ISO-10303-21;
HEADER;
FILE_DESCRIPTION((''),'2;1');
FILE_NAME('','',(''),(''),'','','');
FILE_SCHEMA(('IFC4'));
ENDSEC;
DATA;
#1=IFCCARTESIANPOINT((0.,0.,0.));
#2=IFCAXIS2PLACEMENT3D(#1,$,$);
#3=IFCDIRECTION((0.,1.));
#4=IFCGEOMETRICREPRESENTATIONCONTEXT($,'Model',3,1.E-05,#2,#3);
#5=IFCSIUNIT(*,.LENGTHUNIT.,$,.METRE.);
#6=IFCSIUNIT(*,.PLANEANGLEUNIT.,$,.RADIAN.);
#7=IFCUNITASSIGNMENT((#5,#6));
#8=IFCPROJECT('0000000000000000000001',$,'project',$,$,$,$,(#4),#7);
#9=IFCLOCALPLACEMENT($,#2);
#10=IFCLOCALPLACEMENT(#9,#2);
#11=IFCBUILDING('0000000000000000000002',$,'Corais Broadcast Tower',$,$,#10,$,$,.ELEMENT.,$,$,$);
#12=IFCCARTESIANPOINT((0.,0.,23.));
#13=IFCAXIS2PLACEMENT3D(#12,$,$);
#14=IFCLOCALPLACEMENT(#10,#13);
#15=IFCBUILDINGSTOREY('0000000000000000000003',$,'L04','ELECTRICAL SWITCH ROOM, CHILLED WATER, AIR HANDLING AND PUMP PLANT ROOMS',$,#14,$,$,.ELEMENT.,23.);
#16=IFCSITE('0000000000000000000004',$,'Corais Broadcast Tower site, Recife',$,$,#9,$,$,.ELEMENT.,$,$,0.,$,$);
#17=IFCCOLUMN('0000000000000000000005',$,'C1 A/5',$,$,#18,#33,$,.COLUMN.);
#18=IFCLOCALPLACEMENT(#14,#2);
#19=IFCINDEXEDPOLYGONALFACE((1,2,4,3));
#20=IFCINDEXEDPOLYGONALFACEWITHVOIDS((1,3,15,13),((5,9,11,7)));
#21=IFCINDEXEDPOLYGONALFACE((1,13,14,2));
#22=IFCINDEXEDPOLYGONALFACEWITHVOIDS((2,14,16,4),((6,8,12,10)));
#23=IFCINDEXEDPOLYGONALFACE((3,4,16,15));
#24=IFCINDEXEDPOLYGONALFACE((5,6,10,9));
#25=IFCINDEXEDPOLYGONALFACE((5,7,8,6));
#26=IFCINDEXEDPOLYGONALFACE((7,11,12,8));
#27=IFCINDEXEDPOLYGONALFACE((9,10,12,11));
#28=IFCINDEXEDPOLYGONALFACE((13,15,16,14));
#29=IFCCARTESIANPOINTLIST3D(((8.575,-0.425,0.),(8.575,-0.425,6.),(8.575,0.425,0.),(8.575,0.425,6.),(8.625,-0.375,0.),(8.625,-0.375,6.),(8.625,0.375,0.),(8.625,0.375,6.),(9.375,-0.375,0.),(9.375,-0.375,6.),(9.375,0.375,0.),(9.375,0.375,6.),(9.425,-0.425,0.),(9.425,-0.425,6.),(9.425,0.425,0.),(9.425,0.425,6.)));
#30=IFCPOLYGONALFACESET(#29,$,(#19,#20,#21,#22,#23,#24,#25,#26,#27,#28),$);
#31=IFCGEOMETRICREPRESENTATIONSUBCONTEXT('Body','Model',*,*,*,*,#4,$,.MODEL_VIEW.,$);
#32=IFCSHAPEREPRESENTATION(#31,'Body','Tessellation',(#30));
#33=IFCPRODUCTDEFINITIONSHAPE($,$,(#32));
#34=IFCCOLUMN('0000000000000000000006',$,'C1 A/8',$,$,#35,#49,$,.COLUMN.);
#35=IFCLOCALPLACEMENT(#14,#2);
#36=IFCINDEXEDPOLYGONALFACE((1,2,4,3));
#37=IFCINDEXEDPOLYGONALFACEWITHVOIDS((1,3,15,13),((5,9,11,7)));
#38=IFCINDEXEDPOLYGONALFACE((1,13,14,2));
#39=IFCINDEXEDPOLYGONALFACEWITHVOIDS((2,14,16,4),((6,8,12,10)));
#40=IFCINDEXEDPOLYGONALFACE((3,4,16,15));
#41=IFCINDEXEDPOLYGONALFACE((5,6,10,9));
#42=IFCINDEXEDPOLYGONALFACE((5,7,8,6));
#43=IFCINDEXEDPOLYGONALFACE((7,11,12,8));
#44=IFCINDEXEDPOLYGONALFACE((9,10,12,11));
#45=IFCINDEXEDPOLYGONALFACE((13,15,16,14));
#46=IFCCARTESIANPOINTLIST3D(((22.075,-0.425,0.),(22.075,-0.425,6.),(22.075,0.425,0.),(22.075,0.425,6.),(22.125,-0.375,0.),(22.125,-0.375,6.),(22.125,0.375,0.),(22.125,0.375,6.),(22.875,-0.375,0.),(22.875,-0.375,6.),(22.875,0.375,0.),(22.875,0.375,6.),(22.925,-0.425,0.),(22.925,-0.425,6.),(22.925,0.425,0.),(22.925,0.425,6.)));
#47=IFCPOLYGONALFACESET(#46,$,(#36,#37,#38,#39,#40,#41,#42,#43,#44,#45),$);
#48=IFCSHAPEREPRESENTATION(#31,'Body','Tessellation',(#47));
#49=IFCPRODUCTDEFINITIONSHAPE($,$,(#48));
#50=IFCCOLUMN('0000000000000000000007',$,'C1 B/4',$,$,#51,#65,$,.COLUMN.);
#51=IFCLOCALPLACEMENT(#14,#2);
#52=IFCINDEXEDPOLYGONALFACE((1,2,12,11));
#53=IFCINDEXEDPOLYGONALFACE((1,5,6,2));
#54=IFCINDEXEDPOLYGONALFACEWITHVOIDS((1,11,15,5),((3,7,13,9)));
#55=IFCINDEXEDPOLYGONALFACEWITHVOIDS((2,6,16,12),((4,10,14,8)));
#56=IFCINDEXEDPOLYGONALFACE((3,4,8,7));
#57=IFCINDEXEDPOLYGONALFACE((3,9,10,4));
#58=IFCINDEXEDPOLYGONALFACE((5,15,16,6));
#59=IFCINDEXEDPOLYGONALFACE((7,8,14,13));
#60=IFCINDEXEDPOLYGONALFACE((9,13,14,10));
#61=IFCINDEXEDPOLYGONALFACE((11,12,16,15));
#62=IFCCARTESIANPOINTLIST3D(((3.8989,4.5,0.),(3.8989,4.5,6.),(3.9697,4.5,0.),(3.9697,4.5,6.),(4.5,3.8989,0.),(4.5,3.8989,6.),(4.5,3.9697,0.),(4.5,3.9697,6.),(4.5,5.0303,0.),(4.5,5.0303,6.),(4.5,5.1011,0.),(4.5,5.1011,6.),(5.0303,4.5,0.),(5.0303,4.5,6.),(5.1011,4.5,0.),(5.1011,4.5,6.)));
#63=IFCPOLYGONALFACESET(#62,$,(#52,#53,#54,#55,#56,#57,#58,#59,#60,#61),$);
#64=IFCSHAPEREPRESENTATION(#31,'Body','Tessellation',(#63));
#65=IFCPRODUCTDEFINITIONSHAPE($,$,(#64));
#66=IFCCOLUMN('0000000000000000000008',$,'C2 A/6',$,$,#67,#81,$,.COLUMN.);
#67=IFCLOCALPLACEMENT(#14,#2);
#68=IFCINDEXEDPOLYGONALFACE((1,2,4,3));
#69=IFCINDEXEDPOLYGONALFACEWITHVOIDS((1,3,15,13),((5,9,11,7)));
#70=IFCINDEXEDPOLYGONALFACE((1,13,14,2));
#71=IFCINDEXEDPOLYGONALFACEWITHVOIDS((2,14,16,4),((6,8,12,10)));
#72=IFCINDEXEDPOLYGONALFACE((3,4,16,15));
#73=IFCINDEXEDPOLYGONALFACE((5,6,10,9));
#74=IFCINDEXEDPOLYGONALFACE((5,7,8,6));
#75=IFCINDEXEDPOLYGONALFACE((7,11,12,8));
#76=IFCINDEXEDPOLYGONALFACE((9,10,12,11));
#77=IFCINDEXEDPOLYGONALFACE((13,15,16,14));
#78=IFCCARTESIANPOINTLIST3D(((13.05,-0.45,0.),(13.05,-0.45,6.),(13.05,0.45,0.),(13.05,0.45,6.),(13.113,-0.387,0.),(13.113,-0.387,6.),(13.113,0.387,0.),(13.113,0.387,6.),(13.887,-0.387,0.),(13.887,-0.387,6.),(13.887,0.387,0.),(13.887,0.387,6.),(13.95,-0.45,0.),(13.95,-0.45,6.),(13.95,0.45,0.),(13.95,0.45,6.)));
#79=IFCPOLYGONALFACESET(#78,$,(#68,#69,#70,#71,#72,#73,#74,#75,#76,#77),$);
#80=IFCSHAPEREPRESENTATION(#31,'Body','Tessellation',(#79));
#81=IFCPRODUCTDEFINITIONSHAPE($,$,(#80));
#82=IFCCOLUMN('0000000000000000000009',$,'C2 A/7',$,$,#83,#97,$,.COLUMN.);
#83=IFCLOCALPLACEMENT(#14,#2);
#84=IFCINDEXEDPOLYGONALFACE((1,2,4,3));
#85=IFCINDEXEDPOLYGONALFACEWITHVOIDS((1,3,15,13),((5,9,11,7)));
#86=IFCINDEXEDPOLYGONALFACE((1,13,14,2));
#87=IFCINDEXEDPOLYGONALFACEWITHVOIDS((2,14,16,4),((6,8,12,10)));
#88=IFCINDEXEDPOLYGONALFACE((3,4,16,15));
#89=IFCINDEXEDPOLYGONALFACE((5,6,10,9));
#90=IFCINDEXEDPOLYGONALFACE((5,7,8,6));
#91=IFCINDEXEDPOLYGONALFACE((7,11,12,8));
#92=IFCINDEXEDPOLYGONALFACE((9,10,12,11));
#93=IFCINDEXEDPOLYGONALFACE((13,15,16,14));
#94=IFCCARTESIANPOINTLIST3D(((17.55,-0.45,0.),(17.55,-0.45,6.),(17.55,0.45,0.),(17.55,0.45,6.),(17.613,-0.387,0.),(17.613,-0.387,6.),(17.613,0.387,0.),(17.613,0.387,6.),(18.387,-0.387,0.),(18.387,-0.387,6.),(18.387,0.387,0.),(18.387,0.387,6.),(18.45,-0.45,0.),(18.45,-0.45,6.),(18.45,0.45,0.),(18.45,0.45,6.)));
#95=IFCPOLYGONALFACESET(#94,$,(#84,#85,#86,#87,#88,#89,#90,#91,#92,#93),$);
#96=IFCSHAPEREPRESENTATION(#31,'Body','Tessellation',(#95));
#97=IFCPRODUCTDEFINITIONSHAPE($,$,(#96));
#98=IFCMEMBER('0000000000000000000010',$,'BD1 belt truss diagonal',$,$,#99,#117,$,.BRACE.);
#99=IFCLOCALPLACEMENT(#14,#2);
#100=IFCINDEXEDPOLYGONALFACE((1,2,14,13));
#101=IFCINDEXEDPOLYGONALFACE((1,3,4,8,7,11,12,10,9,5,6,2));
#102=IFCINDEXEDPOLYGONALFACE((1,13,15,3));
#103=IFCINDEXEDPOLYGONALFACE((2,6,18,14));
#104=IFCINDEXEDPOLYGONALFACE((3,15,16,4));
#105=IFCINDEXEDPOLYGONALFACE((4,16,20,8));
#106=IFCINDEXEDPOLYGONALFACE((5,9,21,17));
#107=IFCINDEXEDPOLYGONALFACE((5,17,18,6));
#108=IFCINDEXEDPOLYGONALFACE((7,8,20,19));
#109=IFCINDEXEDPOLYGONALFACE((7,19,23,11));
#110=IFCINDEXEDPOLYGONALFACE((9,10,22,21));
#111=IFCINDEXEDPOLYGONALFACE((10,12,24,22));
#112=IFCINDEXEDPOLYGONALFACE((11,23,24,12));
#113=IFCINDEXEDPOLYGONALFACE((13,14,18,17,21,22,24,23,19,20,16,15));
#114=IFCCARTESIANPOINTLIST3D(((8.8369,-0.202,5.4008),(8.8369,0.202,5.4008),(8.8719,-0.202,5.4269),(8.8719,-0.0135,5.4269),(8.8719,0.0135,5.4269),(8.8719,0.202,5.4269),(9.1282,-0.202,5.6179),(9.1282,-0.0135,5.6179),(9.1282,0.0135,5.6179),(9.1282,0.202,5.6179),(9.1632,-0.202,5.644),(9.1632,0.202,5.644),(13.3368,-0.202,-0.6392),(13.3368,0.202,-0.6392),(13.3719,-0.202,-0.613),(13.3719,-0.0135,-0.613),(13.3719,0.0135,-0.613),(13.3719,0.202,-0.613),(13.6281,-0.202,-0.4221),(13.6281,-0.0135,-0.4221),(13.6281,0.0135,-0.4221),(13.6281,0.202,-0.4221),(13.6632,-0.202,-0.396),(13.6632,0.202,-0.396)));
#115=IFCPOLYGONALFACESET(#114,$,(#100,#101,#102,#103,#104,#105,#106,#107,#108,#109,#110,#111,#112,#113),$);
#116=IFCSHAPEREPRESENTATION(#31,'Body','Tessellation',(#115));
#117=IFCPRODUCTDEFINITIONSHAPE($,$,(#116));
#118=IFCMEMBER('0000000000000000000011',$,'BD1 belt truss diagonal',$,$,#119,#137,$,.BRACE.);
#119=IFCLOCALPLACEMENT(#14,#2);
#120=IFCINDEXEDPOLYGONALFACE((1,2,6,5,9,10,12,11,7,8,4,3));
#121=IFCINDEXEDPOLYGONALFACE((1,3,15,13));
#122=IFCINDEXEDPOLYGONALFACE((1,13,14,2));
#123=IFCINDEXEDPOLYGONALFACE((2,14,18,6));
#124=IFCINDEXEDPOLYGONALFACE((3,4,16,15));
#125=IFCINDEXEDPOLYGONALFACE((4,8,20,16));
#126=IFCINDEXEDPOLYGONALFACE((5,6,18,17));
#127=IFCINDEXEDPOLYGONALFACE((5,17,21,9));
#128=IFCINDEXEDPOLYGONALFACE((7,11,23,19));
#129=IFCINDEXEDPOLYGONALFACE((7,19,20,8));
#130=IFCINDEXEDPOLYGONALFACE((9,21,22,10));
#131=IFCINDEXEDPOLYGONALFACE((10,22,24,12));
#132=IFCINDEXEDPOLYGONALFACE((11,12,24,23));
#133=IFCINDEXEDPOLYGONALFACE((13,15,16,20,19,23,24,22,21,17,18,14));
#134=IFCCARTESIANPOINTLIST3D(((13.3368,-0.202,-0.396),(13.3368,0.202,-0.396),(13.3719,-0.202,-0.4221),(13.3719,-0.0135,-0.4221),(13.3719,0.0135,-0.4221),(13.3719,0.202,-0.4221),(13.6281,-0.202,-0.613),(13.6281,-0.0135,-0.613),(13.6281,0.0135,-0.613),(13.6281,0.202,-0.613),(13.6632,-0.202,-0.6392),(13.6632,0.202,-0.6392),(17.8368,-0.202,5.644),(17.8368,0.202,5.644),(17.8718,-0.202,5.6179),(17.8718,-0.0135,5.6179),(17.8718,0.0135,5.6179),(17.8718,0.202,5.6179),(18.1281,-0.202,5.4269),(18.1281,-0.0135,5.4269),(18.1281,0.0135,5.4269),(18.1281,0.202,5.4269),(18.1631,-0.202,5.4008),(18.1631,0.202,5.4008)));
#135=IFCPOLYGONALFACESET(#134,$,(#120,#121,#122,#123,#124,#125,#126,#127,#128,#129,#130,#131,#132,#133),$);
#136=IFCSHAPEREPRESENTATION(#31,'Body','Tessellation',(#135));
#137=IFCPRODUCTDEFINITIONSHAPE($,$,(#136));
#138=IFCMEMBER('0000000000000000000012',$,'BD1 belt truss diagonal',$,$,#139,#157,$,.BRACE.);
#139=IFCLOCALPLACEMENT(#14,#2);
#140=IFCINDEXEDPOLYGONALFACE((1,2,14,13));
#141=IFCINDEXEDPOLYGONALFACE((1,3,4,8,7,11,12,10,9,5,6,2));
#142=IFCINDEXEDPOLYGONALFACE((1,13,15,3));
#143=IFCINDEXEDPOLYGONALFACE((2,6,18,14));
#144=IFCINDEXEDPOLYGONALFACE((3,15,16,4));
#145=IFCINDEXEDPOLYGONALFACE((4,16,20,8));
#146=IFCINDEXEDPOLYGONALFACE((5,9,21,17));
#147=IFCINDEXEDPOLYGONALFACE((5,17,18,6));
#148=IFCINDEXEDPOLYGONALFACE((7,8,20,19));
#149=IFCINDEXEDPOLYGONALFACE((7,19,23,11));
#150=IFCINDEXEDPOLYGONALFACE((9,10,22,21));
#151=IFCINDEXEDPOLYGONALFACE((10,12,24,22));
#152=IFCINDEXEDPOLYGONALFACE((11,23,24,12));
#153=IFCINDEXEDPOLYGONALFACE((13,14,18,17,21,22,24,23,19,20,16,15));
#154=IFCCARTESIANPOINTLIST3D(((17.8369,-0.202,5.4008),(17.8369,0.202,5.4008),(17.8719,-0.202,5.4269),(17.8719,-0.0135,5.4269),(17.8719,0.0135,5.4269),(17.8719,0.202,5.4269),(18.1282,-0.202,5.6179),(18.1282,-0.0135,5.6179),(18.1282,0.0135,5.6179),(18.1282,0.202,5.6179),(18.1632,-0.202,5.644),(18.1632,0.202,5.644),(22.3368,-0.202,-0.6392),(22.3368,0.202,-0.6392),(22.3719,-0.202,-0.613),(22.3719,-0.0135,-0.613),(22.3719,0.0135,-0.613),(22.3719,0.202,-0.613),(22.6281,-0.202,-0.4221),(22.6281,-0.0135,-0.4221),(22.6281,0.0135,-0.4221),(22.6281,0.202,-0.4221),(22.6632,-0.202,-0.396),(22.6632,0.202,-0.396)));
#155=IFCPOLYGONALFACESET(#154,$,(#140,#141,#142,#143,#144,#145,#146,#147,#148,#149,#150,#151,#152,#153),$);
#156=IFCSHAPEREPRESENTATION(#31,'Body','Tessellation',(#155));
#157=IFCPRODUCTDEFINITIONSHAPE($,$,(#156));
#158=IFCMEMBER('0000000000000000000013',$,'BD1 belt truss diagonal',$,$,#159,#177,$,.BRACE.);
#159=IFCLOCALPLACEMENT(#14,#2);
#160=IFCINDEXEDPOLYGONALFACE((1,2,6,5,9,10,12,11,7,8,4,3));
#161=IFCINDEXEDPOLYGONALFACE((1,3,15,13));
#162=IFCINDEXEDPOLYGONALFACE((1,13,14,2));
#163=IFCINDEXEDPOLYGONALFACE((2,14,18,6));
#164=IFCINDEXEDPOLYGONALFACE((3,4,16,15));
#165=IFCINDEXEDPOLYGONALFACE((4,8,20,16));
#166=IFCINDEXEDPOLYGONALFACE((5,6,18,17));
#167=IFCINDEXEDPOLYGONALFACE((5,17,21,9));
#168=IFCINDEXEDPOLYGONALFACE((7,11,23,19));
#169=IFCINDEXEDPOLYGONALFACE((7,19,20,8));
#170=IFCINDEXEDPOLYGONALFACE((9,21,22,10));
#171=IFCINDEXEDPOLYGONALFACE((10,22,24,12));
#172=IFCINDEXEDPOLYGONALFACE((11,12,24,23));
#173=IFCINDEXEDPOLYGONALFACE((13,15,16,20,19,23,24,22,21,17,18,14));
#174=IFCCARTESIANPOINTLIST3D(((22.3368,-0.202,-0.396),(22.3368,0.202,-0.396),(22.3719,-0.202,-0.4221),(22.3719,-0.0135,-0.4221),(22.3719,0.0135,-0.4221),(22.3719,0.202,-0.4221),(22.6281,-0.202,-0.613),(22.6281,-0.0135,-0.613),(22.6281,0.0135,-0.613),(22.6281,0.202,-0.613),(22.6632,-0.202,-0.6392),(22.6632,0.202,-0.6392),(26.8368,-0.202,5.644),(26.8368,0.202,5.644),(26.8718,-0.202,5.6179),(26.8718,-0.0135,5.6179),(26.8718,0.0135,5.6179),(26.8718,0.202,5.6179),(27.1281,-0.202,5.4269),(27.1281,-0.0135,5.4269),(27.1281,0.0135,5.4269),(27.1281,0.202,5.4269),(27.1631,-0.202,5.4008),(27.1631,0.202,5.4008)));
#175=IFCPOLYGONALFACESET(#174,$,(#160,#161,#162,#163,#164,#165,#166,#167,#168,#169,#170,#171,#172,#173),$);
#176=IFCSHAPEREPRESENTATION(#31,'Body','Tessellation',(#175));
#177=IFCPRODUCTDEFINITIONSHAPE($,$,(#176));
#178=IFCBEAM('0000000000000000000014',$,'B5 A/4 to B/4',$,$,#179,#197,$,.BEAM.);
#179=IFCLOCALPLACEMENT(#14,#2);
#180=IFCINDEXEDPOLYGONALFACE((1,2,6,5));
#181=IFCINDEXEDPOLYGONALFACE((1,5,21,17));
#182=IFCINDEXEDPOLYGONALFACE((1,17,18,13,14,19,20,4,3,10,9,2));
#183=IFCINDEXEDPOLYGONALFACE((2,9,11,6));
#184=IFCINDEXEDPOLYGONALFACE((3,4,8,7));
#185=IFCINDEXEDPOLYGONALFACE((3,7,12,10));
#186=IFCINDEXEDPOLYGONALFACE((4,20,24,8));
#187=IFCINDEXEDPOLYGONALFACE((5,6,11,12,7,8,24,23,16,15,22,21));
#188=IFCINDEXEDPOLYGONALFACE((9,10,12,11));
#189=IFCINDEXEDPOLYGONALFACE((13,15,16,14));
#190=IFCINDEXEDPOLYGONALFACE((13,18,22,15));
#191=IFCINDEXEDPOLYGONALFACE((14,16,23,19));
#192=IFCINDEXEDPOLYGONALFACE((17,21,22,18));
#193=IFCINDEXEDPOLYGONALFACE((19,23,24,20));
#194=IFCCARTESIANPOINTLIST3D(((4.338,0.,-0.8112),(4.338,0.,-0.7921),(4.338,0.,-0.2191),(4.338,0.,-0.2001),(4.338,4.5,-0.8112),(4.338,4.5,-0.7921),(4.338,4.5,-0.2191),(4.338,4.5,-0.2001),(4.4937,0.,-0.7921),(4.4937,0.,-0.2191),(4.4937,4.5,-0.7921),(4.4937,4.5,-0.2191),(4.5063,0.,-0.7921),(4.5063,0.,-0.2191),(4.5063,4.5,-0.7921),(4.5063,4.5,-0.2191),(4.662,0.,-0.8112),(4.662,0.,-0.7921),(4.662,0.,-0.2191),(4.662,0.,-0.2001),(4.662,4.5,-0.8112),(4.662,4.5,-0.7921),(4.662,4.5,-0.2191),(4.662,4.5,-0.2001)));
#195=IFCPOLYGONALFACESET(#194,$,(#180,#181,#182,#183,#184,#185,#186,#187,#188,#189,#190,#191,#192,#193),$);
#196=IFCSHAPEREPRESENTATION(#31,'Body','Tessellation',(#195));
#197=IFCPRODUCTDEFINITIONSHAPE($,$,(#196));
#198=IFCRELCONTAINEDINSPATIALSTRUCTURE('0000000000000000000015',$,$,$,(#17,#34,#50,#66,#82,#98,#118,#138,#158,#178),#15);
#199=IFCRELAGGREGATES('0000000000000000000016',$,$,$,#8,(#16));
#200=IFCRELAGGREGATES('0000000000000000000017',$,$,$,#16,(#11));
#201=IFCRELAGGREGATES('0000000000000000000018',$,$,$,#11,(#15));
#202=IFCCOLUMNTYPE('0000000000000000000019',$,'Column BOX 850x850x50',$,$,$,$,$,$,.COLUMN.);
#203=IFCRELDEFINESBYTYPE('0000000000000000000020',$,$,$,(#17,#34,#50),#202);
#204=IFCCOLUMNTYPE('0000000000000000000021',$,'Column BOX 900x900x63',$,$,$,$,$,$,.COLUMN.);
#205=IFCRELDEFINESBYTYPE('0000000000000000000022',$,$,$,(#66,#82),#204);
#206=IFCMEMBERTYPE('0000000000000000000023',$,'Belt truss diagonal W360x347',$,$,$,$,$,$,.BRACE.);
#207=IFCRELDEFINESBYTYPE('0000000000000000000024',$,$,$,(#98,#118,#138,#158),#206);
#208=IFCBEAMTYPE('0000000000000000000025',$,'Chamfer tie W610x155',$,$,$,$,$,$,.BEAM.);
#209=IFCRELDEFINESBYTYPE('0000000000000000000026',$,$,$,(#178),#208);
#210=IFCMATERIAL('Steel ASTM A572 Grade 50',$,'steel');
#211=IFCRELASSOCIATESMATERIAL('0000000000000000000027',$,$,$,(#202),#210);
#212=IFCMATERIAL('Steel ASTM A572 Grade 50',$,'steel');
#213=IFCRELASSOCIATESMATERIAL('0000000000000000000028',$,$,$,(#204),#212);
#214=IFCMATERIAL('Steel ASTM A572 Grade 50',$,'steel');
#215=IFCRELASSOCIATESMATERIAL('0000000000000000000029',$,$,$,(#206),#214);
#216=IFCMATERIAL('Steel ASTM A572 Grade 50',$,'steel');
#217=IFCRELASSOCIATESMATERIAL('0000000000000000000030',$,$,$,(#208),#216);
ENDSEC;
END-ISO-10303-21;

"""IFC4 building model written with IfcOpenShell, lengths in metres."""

from ifc_helpers import new_model, si_unit, direction, frame, origin, origin_2d, place, context, subcontext, project, spatial, hollow_rectangle, i_section, extrude, material, material_profile, profile_set, type_object, element, save


model = new_model("IFC4")

# Units and contexts
model_context = context("Model", 3, precision=1e-05, world=origin(), true_north=direction((0.0, 1.0)))
body_context = subcontext(model_context, "Body", "Model", "MODEL_VIEW")
ifc_project = project(units=[si_unit("LENGTHUNIT", "METRE"), si_unit("PLANEANGLEUNIT", "RADIAN")], contexts=[model_context])

# Site, building, storey
site_placement = place(None, origin())
site = spatial("IfcSite", under=ifc_project, at=site_placement, Name="Corais Broadcast Tower site, Recife", CompositionType="ELEMENT", RefElevation=0.0)
building_placement = place(site_placement, origin())
building = spatial("IfcBuilding", under=site, at=building_placement, Name="Corais Broadcast Tower", CompositionType="ELEMENT")
storey_placement = place(building_placement, frame((0.0, 0.0, 23.0)))
storey = spatial("IfcBuildingStorey", under=building, at=storey_placement, Name="L04", Description="ELECTRICAL SWITCH ROOM, CHILLED WATER, AIR HANDLING AND PUMP PLANT ROOMS", CompositionType="ELEMENT", Elevation=23.0)

# Columns
ifc_material_1 = material(Name="Steel ASTM A572 Grade 50", Category="steel")
ifc_material_profile_1 = material_profile(ifc_material_1, hollow_rectangle(XDim=0.8501, YDim=0.8501, WallThickness=0.05, at=origin_2d()), Name="BOX 850x850x50")
ifc_profile_set_1 = profile_set([ifc_material_profile_1], Name="Steel ASTM A572 Grade 50")
column_type_1 = type_object("IfcColumnType", Name="Column BOX 850x850x50", PredefinedType="COLUMN", material=ifc_profile_set_1)
for number, where, z_axis, x_axis, name in (
    (1, (9.0, 0.0, 0.0), (0.0, 0.0, 1.0), (1.0, 0.0, 0.0), "C1 A/5"),
    (2, (22.5, 0.0, 0.0), (0.0, 0.0, 1.0), (1.0, 0.0, 0.0), "C1 A/8"),
    (3, (4.5, 4.5, 0.0), (0.0, 0.0, 1.0), (0.707107, 0.707107, 0.0), "C1 B/4"),
):
    element("IfcColumn", number, at=place(storey_placement, frame(where, z_axis=z_axis, x_axis=x_axis)), inside=storey, type_object=column_type_1, Name=name, PredefinedType="COLUMN", context=body_context, shape_type="SweptSolid", body=[
        extrude(hollow_rectangle(XDim=0.8501, YDim=0.8501, WallThickness=0.05, at=origin_2d()), origin(), (0.0, 0.0, 1.0), 6.0),
    ])
ifc_material_2 = material(Name="Steel ASTM A572 Grade 50", Category="steel")
ifc_material_profile_2 = material_profile(ifc_material_2, hollow_rectangle(XDim=0.8999, YDim=0.8999, WallThickness=0.063, at=origin_2d()), Name="BOX 900x900x63")
ifc_profile_set_2 = profile_set([ifc_material_profile_2], Name="Steel ASTM A572 Grade 50")
column_type_2 = type_object("IfcColumnType", Name="Column BOX 900x900x63", PredefinedType="COLUMN", material=ifc_profile_set_2)
for number, where, z_axis, x_axis, name in (
    (4, (13.5, 0.0, 0.0), (0.0, 0.0, 1.0), (1.0, 0.0, 0.0), "C2 A/6"),
    (5, (18.0, 0.0, 0.0), (0.0, 0.0, 1.0), (1.0, 0.0, 0.0), "C2 A/7"),
):
    element("IfcColumn", number, at=place(storey_placement, frame(where, z_axis=z_axis, x_axis=x_axis)), inside=storey, type_object=column_type_2, Name=name, PredefinedType="COLUMN", context=body_context, shape_type="SweptSolid", body=[
        extrude(hollow_rectangle(XDim=0.8999, YDim=0.8999, WallThickness=0.063, at=origin_2d()), origin(), (0.0, 0.0, 1.0), 6.0),
    ])

# Members
ifc_material_3 = material(Name="Steel ASTM A572 Grade 50", Category="steel")
ifc_material_profile_3 = material_profile(ifc_material_3, i_section(OverallWidth=0.4041, OverallDepth=0.407, WebThickness=0.0271, FlangeThickness=0.0437, at=origin_2d()), Name="W360x347")
ifc_profile_set_3 = profile_set([ifc_material_profile_3], Name="Steel ASTM A572 Grade 50")
member_type = type_object("IfcMemberType", Name="Belt truss diagonal W360x347", PredefinedType="BRACE", material=ifc_profile_set_3)
for number, where, z_axis, x_axis, name in (
    (6, (13.5, 0.0, -0.5176), (-0.597445, 0.0, 0.80191), (0.0, -1.0, 0.0), "BD1 belt truss diagonal"),
    (7, (13.5, 0.0, -0.5176), (0.597445, 0.0, 0.80191), (0.0, 1.0, 0.0), "BD1 belt truss diagonal"),
    (8, (22.5, 0.0, -0.5176), (-0.597445, 0.0, 0.80191), (0.0, -1.0, 0.0), "BD1 belt truss diagonal"),
    (9, (22.5, 0.0, -0.5176), (0.597445, 0.0, 0.80191), (0.0, 1.0, 0.0), "BD1 belt truss diagonal"),
):
    element("IfcMember", number, at=place(storey_placement, frame(where, z_axis=z_axis, x_axis=x_axis)), inside=storey, type_object=member_type, Name=name, PredefinedType="BRACE", context=body_context, shape_type="SweptSolid", body=[
        extrude(i_section(OverallWidth=0.4041, OverallDepth=0.407, WebThickness=0.0271, FlangeThickness=0.0437, at=origin_2d()), origin(), (0.0, 0.0, 1.0), 7.532),
    ])

# Beam
ifc_material_4 = material(Name="Steel ASTM A572 Grade 50", Category="steel")
ifc_material_profile_4 = material_profile(ifc_material_4, i_section(OverallWidth=0.324, OverallDepth=0.6111, WebThickness=0.0127, FlangeThickness=0.019, at=origin_2d()), Name="W610x155")
ifc_profile_set_4 = profile_set([ifc_material_profile_4], Name="Steel ASTM A572 Grade 50")
beam_type_1 = type_object("IfcBeamType", Name="Chamfer tie W610x155", PredefinedType="BEAM", material=ifc_profile_set_4)
beam_1_placement = place(storey_placement, frame((4.5, 0.0, -0.5056), z_axis=(0.0, 1.0, 0.0), x_axis=(-1.0, 0.0, 0.0)))
element("IfcBeam", 10, at=beam_1_placement, inside=storey, type_object=beam_type_1, Name="B5 A/4 to B/4", PredefinedType="BEAM", context=body_context, shape_type="SweptSolid", body=[
    extrude(i_section(OverallWidth=0.324, OverallDepth=0.6111, WebThickness=0.0127, FlangeThickness=0.019, at=origin_2d()), origin(), (0.0, 0.0, 1.0), 4.5),
])

save(model, "model.ifc")
